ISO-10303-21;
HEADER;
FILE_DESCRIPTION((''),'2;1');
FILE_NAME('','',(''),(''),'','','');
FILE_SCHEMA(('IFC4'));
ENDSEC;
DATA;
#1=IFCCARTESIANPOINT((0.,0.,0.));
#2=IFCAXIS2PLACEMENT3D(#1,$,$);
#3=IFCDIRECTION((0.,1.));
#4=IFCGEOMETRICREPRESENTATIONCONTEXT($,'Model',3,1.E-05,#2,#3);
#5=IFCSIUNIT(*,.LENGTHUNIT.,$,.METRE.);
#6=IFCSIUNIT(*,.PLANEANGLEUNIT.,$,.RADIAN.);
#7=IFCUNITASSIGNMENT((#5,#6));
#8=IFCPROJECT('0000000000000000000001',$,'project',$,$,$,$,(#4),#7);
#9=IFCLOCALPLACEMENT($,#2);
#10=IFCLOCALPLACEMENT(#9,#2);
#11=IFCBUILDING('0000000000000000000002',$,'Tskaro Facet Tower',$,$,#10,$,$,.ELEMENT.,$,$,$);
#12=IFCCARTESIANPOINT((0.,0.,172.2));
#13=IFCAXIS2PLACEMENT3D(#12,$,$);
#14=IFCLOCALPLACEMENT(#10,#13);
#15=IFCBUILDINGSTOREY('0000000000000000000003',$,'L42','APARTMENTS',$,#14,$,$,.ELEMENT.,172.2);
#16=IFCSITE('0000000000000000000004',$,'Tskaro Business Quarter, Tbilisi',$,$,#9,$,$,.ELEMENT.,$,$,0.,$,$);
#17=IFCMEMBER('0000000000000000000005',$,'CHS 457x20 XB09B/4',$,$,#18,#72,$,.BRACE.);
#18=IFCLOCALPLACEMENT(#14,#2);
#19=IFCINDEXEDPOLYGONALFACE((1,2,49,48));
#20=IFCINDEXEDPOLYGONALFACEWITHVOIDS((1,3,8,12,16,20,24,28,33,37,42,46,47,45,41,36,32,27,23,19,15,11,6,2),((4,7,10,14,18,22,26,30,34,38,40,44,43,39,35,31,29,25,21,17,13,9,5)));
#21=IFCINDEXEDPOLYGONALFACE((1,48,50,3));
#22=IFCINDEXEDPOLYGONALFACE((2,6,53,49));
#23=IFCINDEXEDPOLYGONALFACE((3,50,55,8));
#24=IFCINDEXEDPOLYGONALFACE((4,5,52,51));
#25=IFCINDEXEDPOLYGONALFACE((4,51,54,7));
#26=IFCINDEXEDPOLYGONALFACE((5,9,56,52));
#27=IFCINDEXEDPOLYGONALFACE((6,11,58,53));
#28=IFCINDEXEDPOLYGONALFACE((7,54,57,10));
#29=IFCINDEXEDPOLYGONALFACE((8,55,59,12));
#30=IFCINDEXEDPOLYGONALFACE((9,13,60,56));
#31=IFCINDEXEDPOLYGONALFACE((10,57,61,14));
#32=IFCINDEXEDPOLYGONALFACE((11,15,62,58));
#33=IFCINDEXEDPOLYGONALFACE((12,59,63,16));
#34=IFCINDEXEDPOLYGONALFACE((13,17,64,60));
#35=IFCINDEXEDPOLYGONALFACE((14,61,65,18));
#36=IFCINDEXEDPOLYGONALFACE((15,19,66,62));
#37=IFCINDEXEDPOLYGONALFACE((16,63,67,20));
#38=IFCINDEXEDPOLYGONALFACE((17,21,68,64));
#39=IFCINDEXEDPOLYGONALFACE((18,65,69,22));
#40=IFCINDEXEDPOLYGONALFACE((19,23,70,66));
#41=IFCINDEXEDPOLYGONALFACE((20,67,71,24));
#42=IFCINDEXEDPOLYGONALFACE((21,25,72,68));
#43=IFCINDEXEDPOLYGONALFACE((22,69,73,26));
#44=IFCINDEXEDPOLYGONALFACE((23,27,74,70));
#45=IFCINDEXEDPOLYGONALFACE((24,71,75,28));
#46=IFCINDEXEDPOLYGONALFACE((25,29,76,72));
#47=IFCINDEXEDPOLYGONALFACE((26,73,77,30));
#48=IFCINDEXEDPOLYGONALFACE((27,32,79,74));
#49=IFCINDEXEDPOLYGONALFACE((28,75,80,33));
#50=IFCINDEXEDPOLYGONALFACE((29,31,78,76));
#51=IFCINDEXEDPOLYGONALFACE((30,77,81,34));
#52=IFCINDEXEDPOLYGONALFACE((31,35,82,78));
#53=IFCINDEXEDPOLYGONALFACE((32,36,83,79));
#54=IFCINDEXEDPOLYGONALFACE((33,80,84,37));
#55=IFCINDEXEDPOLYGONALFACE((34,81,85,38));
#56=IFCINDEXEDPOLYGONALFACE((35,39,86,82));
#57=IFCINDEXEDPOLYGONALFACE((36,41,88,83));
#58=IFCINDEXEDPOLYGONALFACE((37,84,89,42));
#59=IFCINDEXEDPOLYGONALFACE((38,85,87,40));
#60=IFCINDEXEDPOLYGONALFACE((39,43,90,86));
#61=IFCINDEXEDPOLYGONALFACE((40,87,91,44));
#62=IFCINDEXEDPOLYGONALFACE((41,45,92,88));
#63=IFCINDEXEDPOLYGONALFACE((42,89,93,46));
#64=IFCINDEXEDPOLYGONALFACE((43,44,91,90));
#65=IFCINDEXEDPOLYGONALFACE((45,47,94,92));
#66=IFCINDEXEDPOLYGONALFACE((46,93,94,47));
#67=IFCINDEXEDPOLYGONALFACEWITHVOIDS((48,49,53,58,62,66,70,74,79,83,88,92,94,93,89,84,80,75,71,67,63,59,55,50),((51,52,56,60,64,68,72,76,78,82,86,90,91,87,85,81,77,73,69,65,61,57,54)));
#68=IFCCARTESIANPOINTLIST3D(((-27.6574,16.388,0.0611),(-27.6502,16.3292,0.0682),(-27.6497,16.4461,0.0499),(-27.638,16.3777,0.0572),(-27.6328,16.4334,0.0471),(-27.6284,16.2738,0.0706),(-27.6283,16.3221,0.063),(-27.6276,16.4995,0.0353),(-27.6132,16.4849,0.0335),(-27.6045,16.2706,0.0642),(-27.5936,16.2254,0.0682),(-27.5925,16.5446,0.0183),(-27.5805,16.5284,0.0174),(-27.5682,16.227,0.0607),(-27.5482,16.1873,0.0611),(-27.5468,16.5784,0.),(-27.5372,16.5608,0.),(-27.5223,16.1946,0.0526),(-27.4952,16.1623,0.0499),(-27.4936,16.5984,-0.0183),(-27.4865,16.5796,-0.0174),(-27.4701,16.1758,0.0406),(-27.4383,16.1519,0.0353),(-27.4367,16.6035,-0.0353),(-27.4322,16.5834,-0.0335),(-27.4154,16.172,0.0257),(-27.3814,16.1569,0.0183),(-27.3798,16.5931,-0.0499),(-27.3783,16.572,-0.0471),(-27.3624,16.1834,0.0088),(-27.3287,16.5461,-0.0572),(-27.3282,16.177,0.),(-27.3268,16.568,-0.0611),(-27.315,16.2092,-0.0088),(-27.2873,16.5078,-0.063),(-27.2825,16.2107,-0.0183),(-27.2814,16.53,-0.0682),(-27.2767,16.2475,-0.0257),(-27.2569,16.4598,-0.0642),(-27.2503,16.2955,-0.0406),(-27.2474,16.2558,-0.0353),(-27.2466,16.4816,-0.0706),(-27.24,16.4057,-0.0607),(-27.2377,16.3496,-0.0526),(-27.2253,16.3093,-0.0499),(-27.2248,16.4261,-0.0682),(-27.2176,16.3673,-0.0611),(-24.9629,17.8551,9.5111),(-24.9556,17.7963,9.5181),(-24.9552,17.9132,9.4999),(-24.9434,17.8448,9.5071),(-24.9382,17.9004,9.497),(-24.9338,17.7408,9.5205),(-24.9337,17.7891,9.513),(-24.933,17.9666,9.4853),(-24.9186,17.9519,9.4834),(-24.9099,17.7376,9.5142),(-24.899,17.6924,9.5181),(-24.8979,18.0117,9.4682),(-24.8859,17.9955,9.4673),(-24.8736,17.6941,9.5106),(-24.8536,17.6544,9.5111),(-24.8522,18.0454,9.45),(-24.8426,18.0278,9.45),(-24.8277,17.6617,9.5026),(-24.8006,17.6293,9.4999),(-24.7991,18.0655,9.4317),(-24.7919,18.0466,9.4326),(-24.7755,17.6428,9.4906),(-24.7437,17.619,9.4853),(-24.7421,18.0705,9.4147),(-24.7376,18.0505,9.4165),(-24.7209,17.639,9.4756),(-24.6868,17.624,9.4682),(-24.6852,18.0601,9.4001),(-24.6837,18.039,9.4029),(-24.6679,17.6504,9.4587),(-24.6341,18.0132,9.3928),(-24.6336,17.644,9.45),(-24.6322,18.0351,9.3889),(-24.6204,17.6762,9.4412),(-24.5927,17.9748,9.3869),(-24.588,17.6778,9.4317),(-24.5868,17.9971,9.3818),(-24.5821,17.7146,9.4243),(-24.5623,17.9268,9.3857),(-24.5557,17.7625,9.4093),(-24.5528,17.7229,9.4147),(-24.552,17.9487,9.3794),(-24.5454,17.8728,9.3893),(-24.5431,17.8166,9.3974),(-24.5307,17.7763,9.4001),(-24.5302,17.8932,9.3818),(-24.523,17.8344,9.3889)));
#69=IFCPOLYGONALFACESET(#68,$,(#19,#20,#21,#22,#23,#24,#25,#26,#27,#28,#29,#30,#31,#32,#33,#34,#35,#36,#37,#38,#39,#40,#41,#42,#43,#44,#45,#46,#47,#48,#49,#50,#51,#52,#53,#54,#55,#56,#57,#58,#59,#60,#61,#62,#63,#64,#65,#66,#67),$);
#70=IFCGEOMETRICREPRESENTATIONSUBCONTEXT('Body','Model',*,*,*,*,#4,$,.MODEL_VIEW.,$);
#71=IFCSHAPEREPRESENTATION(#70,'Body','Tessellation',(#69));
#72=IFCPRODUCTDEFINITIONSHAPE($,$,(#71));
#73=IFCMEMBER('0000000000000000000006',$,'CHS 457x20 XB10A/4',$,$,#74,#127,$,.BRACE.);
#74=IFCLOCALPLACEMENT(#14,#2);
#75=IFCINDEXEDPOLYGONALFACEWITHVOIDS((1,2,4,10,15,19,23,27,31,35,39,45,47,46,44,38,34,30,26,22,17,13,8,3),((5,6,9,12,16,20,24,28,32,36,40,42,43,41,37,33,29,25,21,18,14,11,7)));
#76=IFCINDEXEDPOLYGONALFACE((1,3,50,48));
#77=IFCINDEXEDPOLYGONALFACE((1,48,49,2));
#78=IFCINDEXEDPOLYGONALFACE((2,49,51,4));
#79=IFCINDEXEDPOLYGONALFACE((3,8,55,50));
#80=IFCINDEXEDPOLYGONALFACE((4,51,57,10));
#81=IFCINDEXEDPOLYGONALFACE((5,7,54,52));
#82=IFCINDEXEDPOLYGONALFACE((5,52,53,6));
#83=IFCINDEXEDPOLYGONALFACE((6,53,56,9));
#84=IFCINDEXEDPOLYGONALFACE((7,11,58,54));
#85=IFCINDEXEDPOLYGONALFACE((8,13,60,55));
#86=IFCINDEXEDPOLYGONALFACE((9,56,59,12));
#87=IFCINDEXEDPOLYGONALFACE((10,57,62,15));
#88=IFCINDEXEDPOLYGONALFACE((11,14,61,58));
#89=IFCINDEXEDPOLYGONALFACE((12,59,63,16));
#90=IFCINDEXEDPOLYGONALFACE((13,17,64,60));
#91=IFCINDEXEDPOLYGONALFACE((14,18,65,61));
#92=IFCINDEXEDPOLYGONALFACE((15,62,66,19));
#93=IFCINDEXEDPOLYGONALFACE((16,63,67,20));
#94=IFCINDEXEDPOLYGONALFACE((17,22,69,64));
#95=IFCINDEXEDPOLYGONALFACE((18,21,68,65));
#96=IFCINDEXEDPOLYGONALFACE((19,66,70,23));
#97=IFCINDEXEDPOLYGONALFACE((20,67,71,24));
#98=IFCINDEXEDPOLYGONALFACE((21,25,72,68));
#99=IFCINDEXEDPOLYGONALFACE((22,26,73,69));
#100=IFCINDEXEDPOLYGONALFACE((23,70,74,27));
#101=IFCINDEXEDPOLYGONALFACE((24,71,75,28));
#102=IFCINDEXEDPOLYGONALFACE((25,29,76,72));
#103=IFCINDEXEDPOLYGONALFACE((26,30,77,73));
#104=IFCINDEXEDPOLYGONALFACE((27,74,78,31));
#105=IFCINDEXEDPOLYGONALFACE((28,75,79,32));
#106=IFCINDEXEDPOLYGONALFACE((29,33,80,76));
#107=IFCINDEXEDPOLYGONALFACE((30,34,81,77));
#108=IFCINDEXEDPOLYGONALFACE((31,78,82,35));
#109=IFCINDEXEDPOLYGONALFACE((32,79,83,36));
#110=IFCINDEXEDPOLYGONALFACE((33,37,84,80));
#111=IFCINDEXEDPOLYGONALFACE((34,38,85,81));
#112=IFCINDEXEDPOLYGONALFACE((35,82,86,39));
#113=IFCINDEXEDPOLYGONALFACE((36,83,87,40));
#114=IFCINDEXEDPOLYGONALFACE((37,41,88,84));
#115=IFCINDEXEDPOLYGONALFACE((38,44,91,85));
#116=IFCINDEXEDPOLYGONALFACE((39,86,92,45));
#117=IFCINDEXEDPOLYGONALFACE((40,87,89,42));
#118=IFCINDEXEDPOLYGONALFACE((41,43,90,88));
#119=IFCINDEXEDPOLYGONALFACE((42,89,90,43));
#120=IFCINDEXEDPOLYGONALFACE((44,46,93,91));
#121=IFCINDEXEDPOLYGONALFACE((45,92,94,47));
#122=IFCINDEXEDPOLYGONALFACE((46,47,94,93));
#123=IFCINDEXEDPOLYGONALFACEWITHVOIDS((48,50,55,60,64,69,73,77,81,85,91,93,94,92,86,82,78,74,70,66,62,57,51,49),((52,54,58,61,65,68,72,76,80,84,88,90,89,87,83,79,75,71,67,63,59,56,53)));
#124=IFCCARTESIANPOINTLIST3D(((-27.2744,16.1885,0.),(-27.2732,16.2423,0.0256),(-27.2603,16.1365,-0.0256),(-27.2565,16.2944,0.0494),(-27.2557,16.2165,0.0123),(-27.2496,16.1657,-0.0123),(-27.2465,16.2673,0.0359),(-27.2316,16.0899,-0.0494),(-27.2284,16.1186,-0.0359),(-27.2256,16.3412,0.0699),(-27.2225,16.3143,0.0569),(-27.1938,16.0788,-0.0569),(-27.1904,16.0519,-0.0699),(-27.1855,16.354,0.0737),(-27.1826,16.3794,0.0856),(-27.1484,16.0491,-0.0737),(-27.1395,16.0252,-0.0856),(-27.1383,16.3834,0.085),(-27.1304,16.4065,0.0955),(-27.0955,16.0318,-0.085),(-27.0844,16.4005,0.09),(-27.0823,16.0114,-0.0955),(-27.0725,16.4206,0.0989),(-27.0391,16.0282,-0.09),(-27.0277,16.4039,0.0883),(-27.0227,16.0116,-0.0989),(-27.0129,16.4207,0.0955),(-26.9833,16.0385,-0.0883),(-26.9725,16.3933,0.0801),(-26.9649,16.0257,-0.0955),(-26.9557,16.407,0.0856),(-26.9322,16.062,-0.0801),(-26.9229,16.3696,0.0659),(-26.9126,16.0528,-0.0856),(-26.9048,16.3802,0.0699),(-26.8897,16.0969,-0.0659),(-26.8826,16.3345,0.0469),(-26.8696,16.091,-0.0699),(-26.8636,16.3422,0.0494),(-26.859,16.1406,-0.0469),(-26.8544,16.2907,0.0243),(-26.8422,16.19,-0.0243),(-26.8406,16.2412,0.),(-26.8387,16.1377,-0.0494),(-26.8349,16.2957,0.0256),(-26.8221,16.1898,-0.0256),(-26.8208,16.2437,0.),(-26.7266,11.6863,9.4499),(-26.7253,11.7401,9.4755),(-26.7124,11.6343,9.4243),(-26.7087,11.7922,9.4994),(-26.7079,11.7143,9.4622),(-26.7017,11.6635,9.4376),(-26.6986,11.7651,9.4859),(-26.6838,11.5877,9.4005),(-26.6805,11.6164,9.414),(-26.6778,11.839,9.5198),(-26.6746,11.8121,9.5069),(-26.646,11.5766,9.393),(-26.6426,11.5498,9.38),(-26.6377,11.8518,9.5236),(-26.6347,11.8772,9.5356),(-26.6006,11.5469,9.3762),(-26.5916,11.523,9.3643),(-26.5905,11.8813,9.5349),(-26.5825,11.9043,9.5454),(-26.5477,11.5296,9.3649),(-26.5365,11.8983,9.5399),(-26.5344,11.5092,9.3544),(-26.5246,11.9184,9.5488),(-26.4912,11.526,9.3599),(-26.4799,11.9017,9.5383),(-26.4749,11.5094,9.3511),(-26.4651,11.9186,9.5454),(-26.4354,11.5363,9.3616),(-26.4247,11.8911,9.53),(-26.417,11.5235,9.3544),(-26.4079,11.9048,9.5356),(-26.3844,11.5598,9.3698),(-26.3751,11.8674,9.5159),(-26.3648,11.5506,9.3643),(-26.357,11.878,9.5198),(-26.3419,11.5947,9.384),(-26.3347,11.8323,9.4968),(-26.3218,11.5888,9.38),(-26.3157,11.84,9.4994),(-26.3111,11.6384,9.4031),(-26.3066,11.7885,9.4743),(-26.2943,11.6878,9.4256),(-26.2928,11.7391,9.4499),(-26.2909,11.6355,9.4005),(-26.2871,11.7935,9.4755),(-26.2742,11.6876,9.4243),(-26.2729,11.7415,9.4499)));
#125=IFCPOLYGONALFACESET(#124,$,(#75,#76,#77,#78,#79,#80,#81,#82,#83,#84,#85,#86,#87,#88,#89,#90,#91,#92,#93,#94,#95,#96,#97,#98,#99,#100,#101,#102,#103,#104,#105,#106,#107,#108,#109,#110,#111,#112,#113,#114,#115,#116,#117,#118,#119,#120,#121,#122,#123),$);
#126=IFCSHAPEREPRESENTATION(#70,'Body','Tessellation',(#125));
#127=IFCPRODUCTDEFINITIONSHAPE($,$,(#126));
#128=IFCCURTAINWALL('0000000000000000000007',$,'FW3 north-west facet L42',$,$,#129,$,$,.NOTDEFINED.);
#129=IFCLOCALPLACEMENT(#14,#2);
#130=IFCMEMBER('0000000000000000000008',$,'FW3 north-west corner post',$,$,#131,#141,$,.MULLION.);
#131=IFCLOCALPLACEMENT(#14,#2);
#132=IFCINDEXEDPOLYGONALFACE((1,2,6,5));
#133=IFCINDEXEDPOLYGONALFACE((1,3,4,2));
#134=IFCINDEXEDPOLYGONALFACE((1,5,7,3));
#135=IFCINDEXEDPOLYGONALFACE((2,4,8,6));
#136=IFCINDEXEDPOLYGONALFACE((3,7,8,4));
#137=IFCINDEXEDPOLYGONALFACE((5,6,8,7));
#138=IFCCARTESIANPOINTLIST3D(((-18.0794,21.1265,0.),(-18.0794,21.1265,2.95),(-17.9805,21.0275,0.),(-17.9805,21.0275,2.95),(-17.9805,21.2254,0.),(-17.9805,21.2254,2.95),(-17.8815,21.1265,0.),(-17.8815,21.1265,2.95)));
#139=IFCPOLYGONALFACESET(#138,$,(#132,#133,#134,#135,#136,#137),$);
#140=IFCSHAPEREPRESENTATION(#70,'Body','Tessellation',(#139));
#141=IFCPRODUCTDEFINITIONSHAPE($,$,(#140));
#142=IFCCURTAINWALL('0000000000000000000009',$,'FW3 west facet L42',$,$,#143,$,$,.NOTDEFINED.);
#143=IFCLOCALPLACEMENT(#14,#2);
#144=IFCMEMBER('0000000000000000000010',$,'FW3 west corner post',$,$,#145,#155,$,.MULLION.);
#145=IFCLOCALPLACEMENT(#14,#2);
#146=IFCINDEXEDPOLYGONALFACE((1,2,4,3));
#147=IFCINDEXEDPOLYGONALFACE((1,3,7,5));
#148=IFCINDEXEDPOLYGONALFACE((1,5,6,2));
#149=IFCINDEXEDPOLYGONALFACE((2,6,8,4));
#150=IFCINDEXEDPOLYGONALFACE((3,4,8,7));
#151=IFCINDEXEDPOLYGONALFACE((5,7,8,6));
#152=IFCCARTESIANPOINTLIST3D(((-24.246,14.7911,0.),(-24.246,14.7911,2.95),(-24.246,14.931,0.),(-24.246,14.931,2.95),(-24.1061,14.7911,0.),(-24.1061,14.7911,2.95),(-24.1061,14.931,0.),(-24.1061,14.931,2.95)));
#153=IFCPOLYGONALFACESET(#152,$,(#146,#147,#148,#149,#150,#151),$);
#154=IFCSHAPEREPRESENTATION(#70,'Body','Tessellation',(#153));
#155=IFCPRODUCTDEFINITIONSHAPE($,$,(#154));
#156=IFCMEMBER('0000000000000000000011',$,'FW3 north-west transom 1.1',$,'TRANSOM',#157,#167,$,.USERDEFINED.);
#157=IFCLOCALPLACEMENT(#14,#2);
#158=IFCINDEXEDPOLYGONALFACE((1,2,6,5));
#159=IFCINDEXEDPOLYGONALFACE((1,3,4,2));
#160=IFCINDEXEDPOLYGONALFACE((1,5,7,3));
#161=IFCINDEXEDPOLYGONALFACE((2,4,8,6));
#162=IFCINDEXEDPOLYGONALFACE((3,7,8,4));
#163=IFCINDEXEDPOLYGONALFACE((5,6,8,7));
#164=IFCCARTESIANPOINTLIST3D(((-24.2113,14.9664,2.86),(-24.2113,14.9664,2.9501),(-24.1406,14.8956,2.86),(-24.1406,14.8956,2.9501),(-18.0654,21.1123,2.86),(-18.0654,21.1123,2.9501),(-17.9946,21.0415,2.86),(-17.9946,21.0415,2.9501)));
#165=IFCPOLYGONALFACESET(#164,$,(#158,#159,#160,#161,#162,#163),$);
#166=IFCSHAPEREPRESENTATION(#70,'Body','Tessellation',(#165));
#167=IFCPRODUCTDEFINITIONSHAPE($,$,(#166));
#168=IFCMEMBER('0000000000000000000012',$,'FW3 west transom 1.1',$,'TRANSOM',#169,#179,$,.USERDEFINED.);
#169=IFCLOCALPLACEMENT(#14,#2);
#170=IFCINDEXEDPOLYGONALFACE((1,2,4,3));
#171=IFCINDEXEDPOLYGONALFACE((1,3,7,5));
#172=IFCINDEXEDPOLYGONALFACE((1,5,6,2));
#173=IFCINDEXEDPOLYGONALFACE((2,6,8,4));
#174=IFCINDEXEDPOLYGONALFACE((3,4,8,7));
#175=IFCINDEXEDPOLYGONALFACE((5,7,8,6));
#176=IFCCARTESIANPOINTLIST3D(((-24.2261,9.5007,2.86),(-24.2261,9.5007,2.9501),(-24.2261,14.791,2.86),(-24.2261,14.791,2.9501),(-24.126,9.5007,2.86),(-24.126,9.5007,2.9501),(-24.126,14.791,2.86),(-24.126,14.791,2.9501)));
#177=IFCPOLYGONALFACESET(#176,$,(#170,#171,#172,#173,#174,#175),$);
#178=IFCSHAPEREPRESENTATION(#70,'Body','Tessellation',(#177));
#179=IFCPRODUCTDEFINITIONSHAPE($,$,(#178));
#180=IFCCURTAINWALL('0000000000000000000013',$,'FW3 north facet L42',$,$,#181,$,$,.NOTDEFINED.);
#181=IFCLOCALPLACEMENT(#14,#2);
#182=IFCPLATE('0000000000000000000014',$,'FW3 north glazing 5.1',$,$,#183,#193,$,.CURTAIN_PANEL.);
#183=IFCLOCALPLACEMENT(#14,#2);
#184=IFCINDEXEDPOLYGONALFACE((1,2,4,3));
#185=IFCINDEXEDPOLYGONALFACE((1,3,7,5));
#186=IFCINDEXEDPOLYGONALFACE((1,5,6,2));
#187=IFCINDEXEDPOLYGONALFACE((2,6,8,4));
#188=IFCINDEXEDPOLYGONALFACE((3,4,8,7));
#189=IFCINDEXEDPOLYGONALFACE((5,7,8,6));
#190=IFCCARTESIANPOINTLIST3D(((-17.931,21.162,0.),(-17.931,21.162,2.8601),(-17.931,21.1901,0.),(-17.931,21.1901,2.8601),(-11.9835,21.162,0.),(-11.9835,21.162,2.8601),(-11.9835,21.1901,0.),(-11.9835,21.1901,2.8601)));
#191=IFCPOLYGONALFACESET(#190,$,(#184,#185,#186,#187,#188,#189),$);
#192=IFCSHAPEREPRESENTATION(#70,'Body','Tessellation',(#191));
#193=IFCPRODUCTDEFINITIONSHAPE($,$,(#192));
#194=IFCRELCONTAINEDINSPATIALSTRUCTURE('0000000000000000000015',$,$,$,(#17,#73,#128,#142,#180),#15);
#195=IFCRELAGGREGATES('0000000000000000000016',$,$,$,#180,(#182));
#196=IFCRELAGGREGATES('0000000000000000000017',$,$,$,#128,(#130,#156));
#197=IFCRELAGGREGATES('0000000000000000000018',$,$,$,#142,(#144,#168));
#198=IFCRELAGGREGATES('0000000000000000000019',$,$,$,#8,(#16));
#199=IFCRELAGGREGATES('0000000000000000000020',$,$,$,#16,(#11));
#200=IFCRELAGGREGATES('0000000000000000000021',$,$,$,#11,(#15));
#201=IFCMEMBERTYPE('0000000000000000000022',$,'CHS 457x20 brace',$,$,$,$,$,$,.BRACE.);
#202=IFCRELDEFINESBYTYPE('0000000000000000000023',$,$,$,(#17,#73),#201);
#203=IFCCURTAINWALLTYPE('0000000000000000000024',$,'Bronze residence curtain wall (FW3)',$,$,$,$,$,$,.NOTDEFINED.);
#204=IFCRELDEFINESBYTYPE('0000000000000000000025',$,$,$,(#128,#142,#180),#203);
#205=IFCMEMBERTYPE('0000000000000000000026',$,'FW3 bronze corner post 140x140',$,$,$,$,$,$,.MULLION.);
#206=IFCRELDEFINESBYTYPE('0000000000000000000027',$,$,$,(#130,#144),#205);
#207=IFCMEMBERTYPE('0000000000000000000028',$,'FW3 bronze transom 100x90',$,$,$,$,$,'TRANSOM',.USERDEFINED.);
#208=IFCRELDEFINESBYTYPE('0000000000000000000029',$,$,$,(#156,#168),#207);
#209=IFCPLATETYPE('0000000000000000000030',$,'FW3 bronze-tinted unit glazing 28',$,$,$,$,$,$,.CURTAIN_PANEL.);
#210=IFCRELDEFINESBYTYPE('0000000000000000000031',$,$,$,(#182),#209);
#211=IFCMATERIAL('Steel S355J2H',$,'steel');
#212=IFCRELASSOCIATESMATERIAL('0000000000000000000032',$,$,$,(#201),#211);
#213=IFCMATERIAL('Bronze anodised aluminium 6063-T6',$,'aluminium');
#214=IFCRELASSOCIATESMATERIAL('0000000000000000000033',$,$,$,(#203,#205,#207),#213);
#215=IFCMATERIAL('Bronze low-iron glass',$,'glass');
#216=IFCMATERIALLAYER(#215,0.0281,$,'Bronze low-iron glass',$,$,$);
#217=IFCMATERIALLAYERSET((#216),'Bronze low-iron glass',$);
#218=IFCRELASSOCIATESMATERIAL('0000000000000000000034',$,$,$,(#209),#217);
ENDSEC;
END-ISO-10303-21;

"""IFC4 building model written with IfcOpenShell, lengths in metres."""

from ifc_helpers import new_model, si_unit, direction, frame, origin, origin_2d, place, context, subcontext, project, spatial, rectangle, hollow_circle, extrude, material, layer, layer_set, material_profile, profile_set, type_object, element, aggregate, save


model = new_model("IFC4")

# Units and contexts
model_context = context("Model", 3, precision=1e-05, world=origin(), true_north=direction((0.0, 1.0)))
body_context = subcontext(model_context, "Body", "Model", "MODEL_VIEW")
ifc_project = project(units=[si_unit("LENGTHUNIT", "METRE"), si_unit("PLANEANGLEUNIT", "RADIAN")], contexts=[model_context])

# Site, building, storey
site_placement = place(None, origin())
site = spatial("IfcSite", under=ifc_project, at=site_placement, Name="Tskaro Business Quarter, Tbilisi", CompositionType="ELEMENT", RefElevation=0.0)
building_placement = place(site_placement, origin())
building = spatial("IfcBuilding", under=site, at=building_placement, Name="Tskaro Facet Tower", CompositionType="ELEMENT")
storey_placement = place(building_placement, frame((0.0, 0.0, 172.2)))
storey = spatial("IfcBuildingStorey", under=building, at=storey_placement, Name="L42", Description="APARTMENTS", CompositionType="ELEMENT", Elevation=172.2)

# Shared definitions
ifc_material_1 = material(Name="Steel S355J2H", Category="steel")

# Members
ifc_material_profile_1 = material_profile(ifc_material_1, hollow_circle(Radius=0.2285, WallThickness=0.02, at=origin_2d()), Name="CHS 457x20")
ifc_profile_set_1 = profile_set([ifc_material_profile_1], Name="Steel S355J2H")
member_type_1 = type_object("IfcMemberType", Name="CHS 457x20 brace", PredefinedType="BRACE", material=ifc_profile_set_1)
for number, where, z_axis, x_axis, name in (
    (1, (-27.4375, 16.3777, 0.0), (0.271207, 0.147656, 0.951128), (-0.478166, 0.878269, 0.0), "CHS 457x20 XB09B/4"),
):
    element("IfcMember", number, at=place(storey_placement, frame(where, z_axis=z_axis, x_axis=x_axis)), inside=storey, type_object=member_type_1, Name=name, PredefinedType="BRACE", context=body_context, shape_type="SweptSolid", body=[
        extrude(hollow_circle(Radius=0.2285, WallThickness=0.02, at=origin_2d()), origin(), (0.0, 0.0, 1.0), 9.9355),
    ])
member_1_placement = place(storey_placement, frame((-27.0476, 16.2161, 0.0), z_axis=(0.052266, -0.429519, 0.901544), x_axis=(0.992678, 0.120794, 0.0)))
element("IfcMember", 2, at=member_1_placement, inside=storey, type_object=member_type_1, Name="CHS 457x20 XB10A/4", PredefinedType="BRACE", context=body_context, shape_type="SweptSolid", body=[
    extrude(hollow_circle(Radius=0.2285, WallThickness=0.02, at=origin_2d()), origin(), (0.0, 0.0, 1.0), 10.4819),
])

# Curtain walls, members
ifc_material_2 = material(Name="Bronze anodised aluminium 6063-T6", Category="aluminium")
curtain_wall_type = type_object("IfcCurtainWallType", Name="Bronze residence curtain wall (FW3)", PredefinedType="NOTDEFINED", material=ifc_material_2)
curtain_wall_1_placement = place(storey_placement, origin())
curtain_wall_1 = element("IfcCurtainWall", 3, at=curtain_wall_1_placement, inside=storey, type_object=curtain_wall_type, Name="FW3 north-west facet L42", PredefinedType="NOTDEFINED")
ifc_material_profile_2 = material_profile(ifc_material_2, rectangle(XDim=0.1399, YDim=0.1399, at=origin_2d()), Name="Corner post 140x140")
ifc_profile_set_2 = profile_set([ifc_material_profile_2], Name="Bronze anodised aluminium 6063-T6")
member_type_2 = type_object("IfcMemberType", Name="FW3 bronze corner post 140x140", PredefinedType="MULLION", material=ifc_profile_set_2)
member_2_placement = place(storey_placement, frame((-17.9805, 21.1265, 0.0), z_axis=(0.0, 0.0, 1.0), x_axis=(-0.707107, -0.707107, 0.0)))
member_2 = element("IfcMember", 4, at=member_2_placement, type_object=member_type_2, Name="FW3 north-west corner post", PredefinedType="MULLION", context=body_context, shape_type="SweptSolid", body=[
    extrude(rectangle(XDim=0.1399, YDim=0.1399, at=origin_2d()), origin(), (0.0, 0.0, 1.0), 2.95),
])
curtain_wall_2_placement = place(storey_placement, origin())
curtain_wall_2 = element("IfcCurtainWall", 5, at=curtain_wall_2_placement, inside=storey, type_object=curtain_wall_type, Name="FW3 west facet L42", PredefinedType="NOTDEFINED")
member_3_placement = place(storey_placement, frame((-24.176, 14.8611, 0.0), z_axis=(0.0, 0.0, 1.0), x_axis=(0.0, -1.0, 0.0)))
member_3 = element("IfcMember", 6, at=member_3_placement, type_object=member_type_2, Name="FW3 west corner post", PredefinedType="MULLION", context=body_context, shape_type="SweptSolid", body=[
    extrude(rectangle(XDim=0.1399, YDim=0.1399, at=origin_2d()), origin(), (0.0, 0.0, 1.0), 2.95),
])

# Members
ifc_material_profile_3 = material_profile(ifc_material_2, rectangle(XDim=0.1001, YDim=0.0901, at=origin_2d()), Name="Transom 100x90")
ifc_profile_set_3 = profile_set([ifc_material_profile_3], Name="Bronze anodised aluminium 6063-T6")
member_type_3 = type_object("IfcMemberType", Name="FW3 bronze transom 100x90", ElementType="TRANSOM", PredefinedType="USERDEFINED", material=ifc_profile_set_3)
member_4_placement = place(storey_placement, frame((-18.03, 21.0769, 2.905), z_axis=(-0.707107, -0.707107, 0.0), x_axis=(0.707107, -0.707107, 0.0)))
member_4 = element("IfcMember", 7, at=member_4_placement, type_object=member_type_3, Name="FW3 north-west transom 1.1", ObjectType="TRANSOM", PredefinedType="USERDEFINED", context=body_context, shape_type="SweptSolid", body=[
    extrude(rectangle(XDim=0.1001, YDim=0.0901, at=origin_2d()), origin(), (0.0, 0.0, 1.0), 8.6917),
])
member_5_placement = place(storey_placement, frame((-24.176, 14.791, 2.905), z_axis=(0.0, -1.0, 0.0), x_axis=(1.0, 0.0, 0.0)))
member_5 = element("IfcMember", 8, at=member_5_placement, type_object=member_type_3, Name="FW3 west transom 1.1", ObjectType="TRANSOM", PredefinedType="USERDEFINED", context=body_context, shape_type="SweptSolid", body=[
    extrude(rectangle(XDim=0.1001, YDim=0.0901, at=origin_2d()), origin(), (0.0, 0.0, 1.0), 5.2903),
])

# Curtain wall, plate
curtain_wall_3_placement = place(storey_placement, origin())
curtain_wall_3 = element("IfcCurtainWall", 9, at=curtain_wall_3_placement, inside=storey, type_object=curtain_wall_type, Name="FW3 north facet L42", PredefinedType="NOTDEFINED")
ifc_material_3 = material(Name="Bronze low-iron glass", Category="glass")
ifc_layer_1 = layer(ifc_material_3, 0.0281, Name="Bronze low-iron glass")
ifc_layer_set_1 = layer_set([ifc_layer_1], Name="Bronze low-iron glass")
plate_type = type_object("IfcPlateType", Name="FW3 bronze-tinted unit glazing 28", PredefinedType="CURTAIN_PANEL", material=ifc_layer_set_1)
plate_1_placement = place(storey_placement, frame((-14.9573, 21.176, 0.0), z_axis=(0.0, 0.0, 1.0), x_axis=(-1.0, 0.0, 0.0)))
plate_1 = element("IfcPlate", 10, at=plate_1_placement, type_object=plate_type, Name="FW3 north glazing 5.1", PredefinedType="CURTAIN_PANEL", context=body_context, shape_type="SweptSolid", body=[
    extrude(rectangle(XDim=5.9475, YDim=0.0281, at=origin_2d()), origin(), (0.0, 0.0, 1.0), 2.8601),
])
aggregate(curtain_wall_3, [plate_1])

aggregate(curtain_wall_1, [member_2, member_4])
aggregate(curtain_wall_2, [member_3, member_5])

save(model, "model.ifc")
